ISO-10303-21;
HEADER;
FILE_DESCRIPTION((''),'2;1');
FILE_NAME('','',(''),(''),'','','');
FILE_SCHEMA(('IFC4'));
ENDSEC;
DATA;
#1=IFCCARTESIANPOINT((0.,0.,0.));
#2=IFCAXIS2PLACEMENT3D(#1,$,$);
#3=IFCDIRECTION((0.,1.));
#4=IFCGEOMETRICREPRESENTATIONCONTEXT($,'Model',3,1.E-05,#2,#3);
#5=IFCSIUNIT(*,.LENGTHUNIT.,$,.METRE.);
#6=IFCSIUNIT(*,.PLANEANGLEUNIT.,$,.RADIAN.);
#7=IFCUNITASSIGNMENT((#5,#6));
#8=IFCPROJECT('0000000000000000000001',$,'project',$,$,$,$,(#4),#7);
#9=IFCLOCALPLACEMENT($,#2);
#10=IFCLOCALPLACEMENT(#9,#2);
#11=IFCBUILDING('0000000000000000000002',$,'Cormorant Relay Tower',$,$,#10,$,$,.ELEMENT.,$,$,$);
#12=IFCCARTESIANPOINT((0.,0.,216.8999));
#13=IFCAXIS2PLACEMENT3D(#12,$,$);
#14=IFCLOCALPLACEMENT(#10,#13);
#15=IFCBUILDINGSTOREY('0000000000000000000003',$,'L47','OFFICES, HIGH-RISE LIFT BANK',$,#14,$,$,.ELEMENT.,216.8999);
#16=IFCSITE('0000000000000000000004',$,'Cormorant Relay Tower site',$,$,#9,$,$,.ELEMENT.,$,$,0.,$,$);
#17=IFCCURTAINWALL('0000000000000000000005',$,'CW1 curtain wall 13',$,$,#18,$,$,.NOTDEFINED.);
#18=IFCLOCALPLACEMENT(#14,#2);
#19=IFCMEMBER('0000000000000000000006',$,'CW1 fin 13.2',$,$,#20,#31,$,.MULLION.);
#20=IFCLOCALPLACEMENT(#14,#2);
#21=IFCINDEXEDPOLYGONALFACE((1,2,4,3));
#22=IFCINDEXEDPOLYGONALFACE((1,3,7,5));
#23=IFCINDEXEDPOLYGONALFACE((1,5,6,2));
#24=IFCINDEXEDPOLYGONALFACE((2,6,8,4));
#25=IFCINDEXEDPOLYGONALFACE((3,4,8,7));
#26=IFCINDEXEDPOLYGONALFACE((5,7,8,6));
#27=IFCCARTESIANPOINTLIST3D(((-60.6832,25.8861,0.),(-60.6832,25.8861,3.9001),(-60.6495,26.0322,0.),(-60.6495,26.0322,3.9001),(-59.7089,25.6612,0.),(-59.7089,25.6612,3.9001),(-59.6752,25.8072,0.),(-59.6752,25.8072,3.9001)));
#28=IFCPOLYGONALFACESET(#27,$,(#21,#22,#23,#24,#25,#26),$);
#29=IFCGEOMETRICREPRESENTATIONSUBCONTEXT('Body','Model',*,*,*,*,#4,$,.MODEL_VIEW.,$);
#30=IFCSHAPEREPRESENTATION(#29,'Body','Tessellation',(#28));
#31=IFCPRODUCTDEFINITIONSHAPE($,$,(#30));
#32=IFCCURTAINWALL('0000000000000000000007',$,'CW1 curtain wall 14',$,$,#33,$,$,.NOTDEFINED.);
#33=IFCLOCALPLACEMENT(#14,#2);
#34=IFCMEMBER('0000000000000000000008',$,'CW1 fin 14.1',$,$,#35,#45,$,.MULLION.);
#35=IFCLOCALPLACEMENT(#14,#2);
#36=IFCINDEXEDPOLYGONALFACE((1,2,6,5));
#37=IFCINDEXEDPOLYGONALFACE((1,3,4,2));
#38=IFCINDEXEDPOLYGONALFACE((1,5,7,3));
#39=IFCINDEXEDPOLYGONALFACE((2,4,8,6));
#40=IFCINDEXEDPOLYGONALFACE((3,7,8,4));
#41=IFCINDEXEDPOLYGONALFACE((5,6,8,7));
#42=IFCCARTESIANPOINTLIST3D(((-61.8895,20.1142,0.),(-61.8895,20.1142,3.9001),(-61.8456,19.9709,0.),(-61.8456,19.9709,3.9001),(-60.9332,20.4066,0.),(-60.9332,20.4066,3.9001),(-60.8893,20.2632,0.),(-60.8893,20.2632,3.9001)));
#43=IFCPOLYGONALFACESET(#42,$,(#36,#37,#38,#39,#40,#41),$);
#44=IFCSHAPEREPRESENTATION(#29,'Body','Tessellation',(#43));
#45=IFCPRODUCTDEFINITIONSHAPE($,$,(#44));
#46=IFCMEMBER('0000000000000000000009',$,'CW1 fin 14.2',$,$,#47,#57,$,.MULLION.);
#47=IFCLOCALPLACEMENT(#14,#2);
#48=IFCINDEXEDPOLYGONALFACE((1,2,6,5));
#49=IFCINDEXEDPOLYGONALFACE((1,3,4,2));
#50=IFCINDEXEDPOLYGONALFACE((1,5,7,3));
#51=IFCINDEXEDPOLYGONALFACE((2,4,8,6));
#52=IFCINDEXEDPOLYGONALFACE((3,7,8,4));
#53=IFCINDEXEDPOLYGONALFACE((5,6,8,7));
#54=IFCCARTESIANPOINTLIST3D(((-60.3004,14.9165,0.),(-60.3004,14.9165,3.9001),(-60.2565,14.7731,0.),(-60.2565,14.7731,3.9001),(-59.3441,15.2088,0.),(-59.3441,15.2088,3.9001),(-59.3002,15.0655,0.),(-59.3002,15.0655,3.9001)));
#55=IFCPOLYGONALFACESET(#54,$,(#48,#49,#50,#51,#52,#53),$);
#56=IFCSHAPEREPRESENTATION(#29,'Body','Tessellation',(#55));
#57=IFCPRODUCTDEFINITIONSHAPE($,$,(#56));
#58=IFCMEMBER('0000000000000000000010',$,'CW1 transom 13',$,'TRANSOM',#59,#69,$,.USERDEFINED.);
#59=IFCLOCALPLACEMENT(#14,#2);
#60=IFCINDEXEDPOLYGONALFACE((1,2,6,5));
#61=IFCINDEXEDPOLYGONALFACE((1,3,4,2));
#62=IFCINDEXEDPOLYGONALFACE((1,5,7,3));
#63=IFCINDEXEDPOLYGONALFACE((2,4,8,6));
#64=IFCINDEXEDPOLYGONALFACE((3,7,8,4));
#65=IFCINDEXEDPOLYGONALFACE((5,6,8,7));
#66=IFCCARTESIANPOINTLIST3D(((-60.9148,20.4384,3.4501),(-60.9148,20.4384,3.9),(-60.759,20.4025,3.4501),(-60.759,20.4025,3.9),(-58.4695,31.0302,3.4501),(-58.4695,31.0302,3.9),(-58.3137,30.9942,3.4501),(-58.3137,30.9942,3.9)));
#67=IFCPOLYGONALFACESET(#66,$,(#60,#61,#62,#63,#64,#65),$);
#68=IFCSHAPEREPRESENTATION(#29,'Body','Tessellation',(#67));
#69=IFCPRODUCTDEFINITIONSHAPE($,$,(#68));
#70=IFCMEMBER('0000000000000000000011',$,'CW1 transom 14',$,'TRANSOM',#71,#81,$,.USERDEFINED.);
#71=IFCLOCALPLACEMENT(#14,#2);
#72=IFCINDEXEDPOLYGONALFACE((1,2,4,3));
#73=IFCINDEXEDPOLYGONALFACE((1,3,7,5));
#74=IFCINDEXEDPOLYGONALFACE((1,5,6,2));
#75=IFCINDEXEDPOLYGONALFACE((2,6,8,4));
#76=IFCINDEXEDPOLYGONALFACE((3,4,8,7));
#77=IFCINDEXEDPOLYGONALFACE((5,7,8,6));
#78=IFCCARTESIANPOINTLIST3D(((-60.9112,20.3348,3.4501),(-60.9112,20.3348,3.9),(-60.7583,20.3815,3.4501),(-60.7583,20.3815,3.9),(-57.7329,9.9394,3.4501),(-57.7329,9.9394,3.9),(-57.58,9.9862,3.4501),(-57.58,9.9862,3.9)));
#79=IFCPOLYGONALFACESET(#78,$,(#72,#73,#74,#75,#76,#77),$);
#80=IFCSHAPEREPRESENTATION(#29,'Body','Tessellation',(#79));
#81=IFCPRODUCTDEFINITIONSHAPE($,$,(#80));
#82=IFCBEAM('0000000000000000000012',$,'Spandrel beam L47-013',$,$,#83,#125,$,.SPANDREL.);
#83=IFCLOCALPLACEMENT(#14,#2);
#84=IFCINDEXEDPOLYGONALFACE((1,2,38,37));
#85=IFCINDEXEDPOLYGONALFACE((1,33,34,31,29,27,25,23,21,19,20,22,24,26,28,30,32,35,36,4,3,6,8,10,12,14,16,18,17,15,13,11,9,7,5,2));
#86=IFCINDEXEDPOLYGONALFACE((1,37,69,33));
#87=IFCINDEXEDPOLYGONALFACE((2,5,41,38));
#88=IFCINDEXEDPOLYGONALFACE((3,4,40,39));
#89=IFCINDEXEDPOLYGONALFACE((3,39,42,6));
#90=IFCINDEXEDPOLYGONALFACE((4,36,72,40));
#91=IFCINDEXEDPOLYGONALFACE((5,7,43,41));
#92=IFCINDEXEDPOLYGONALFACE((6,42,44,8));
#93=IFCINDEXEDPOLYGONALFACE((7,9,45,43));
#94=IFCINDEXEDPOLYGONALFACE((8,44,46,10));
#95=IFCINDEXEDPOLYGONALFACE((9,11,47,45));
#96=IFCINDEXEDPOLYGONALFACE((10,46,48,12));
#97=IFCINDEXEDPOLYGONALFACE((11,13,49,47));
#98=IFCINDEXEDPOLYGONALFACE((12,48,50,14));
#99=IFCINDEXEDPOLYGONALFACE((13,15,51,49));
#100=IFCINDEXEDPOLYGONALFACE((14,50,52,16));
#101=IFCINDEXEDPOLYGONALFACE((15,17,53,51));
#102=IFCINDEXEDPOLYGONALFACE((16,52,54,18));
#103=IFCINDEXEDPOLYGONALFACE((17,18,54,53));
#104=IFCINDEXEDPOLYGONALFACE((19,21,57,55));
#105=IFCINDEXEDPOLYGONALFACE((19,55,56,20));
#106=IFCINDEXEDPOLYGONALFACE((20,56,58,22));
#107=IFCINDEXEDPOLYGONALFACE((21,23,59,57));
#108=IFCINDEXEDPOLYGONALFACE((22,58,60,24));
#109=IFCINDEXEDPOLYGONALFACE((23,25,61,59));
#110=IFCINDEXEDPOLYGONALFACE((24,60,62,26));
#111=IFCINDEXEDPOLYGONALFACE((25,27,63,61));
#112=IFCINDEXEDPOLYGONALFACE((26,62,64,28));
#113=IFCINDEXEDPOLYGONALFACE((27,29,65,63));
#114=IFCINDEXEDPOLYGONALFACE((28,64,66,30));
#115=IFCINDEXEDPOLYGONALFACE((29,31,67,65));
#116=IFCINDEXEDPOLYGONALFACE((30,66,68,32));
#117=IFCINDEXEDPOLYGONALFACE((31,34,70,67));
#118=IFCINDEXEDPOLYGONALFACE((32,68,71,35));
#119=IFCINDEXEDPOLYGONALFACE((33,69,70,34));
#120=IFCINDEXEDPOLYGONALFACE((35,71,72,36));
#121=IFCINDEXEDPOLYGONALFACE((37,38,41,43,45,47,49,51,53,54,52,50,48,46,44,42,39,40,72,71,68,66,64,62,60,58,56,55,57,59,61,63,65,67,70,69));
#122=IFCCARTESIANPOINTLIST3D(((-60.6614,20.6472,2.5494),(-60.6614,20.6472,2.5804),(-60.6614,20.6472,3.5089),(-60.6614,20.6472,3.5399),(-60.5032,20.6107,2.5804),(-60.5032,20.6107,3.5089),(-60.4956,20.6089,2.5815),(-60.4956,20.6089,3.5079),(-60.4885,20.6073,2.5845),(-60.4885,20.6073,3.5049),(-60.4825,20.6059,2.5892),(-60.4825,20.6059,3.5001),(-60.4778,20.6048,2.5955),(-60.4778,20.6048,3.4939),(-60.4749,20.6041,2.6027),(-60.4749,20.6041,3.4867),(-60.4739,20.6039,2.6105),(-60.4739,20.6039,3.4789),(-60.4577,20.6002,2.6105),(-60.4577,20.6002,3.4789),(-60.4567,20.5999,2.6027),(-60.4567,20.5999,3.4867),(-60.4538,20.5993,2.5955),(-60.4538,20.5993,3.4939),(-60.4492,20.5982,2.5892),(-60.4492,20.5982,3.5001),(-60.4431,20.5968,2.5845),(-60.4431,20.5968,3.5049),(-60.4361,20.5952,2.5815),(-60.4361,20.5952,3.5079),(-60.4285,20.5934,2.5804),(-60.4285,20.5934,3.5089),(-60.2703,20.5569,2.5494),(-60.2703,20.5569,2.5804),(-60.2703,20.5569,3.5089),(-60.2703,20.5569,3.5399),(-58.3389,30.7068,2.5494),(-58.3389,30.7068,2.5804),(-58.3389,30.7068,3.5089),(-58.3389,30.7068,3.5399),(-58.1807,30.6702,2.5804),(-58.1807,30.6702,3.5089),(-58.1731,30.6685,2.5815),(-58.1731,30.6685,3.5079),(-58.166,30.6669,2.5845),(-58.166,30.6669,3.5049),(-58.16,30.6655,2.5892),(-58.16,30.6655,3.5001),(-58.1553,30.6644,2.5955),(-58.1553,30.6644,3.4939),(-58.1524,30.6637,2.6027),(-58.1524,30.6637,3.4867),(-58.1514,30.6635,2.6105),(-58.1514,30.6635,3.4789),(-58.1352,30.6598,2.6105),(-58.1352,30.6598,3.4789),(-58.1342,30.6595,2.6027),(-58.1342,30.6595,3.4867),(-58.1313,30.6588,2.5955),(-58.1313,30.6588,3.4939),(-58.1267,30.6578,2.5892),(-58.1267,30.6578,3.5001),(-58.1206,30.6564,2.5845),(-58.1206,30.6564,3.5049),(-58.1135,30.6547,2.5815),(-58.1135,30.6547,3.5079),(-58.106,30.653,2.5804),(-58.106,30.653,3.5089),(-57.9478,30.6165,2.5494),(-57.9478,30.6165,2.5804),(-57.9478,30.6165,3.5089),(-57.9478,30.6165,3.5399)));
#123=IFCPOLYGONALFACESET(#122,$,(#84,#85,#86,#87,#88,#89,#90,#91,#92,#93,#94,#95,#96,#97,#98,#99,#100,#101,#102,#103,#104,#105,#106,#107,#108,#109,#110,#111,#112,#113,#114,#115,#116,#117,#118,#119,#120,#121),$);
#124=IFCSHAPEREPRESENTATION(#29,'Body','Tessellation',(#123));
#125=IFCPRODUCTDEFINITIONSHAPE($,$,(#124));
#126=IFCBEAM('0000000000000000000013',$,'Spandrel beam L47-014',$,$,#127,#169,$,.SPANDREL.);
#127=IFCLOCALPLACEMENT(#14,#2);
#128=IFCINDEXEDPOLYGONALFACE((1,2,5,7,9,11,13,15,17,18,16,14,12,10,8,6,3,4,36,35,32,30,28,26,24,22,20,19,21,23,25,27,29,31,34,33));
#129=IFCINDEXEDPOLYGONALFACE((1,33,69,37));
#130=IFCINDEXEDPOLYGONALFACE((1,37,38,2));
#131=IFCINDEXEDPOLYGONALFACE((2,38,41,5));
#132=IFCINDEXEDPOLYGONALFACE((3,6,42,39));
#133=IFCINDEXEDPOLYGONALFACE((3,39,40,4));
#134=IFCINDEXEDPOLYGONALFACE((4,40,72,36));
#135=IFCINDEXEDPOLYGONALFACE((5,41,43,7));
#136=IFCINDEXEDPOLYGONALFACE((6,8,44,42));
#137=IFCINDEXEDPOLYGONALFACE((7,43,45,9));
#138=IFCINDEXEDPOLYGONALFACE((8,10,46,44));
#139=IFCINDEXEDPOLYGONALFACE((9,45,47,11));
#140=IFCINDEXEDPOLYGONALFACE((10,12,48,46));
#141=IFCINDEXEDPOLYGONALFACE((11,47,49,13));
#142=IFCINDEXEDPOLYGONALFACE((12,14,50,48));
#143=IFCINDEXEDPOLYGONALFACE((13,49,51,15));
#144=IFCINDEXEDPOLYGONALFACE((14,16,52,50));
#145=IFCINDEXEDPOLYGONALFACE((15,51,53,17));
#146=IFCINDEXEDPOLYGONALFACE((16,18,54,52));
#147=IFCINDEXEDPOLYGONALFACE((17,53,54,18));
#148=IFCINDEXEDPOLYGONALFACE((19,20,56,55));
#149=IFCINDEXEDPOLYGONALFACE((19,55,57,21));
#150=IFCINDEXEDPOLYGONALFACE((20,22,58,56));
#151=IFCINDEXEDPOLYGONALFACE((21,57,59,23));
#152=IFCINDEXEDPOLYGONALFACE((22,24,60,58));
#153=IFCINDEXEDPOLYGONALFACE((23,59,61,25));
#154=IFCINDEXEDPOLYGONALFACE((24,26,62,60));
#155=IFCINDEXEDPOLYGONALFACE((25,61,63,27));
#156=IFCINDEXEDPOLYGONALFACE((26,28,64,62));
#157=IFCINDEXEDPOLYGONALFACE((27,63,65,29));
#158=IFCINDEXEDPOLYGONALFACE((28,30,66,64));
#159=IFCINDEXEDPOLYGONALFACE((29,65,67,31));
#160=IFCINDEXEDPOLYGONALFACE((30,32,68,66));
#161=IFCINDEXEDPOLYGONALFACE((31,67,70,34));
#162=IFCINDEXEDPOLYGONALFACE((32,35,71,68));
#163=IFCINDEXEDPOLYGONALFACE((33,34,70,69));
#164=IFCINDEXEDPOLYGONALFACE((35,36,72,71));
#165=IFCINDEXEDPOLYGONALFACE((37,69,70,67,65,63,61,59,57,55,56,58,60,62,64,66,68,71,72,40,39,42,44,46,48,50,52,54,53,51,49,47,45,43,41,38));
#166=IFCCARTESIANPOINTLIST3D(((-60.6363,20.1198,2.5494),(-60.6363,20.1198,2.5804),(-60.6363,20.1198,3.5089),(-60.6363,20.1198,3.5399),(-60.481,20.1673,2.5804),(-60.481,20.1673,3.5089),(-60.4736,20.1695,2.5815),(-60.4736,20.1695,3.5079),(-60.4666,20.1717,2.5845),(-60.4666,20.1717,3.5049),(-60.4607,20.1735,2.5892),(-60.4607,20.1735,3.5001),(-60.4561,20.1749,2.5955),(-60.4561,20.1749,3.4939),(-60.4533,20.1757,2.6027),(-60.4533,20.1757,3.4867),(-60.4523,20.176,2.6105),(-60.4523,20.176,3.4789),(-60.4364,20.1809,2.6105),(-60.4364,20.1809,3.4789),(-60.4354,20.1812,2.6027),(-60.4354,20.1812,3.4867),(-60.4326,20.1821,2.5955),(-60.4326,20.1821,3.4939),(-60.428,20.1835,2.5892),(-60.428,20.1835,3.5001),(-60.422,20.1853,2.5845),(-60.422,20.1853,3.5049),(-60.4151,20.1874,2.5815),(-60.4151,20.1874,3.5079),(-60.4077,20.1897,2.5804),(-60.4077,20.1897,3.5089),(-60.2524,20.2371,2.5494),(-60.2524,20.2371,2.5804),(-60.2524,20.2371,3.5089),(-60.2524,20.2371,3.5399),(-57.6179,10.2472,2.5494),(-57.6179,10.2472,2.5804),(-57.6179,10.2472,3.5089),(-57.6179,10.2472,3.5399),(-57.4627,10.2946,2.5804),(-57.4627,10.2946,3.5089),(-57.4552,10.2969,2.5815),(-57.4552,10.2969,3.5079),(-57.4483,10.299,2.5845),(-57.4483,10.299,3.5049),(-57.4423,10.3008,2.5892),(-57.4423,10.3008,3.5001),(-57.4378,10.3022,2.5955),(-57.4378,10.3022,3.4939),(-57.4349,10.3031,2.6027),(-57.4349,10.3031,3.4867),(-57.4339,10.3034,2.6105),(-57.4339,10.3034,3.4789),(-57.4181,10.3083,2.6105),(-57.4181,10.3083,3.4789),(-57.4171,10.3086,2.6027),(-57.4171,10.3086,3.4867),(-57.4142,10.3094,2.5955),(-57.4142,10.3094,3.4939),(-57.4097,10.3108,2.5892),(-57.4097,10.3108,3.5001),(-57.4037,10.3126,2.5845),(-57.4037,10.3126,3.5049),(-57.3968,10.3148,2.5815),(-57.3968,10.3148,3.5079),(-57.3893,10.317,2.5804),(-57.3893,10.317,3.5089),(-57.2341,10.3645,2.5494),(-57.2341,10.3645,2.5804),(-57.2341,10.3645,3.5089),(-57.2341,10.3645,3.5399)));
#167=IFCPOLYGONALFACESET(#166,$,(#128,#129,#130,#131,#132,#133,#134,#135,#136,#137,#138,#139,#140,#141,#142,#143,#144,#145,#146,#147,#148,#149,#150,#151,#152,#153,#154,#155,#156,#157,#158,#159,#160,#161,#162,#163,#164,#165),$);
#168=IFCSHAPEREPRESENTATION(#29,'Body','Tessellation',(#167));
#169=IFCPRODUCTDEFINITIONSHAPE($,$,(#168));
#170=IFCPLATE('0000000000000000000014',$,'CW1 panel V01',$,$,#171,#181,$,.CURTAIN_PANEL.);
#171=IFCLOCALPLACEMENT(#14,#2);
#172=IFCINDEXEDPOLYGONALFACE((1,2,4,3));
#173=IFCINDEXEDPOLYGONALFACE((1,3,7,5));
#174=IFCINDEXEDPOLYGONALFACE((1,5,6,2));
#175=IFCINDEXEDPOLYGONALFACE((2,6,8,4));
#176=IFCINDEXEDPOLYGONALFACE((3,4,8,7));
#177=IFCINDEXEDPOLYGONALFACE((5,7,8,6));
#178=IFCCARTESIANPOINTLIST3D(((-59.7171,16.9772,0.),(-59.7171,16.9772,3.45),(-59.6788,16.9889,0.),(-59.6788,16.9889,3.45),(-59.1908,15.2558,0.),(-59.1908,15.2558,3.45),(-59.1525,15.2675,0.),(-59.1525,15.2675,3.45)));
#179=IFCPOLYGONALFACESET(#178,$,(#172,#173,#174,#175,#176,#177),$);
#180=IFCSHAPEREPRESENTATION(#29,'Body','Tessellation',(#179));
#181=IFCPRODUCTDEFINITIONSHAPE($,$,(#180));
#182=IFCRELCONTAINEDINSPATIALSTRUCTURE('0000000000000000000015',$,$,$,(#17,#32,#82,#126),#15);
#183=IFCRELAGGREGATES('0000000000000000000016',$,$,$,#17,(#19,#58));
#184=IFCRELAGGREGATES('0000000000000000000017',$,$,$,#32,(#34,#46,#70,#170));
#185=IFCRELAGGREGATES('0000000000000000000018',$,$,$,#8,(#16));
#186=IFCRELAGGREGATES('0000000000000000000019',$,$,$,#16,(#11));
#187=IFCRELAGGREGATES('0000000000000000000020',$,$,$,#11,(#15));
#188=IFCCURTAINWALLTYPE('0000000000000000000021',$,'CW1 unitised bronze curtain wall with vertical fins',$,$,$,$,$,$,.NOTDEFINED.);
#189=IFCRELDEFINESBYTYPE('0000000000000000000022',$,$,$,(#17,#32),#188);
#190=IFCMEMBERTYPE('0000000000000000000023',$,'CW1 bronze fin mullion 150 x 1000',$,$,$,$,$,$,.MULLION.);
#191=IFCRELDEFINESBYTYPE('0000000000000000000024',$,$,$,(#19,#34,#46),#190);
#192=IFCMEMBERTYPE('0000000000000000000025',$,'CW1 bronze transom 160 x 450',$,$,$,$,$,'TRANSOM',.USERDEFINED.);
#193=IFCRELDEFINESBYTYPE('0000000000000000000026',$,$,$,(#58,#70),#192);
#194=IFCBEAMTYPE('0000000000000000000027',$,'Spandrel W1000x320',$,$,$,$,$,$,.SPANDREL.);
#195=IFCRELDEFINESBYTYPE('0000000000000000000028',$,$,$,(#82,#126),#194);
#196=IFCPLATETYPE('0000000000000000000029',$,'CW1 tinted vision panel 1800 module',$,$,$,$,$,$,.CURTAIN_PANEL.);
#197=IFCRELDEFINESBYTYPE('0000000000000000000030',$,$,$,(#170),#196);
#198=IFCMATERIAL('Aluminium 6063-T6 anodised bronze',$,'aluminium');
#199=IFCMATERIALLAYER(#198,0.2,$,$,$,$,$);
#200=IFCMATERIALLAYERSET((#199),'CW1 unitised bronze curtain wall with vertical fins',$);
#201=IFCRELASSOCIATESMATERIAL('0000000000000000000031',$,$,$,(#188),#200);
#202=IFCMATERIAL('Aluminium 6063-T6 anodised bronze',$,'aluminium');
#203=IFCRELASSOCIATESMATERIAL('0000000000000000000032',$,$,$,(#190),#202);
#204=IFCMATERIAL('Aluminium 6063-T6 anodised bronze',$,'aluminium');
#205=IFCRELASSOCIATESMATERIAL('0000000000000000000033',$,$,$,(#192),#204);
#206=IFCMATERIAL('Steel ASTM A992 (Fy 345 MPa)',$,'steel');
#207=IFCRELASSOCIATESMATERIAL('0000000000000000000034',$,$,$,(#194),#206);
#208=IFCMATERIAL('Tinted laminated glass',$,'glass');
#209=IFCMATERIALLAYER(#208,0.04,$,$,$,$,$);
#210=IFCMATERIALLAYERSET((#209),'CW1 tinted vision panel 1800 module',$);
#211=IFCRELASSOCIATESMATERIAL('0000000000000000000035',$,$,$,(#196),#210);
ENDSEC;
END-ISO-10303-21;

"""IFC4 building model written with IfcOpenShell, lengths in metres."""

from ifc_helpers import new_model, si_unit, direction, frame, origin, origin_2d, place, context, subcontext, project, spatial, rectangle, i_section, extrude, material, layer, layer_set, material_profile, profile_set, type_object, element, aggregate, save


model = new_model("IFC4")

# Units and contexts
model_context = context("Model", 3, precision=1e-05, world=origin(), true_north=direction((0.0, 1.0)))
body_context = subcontext(model_context, "Body", "Model", "MODEL_VIEW")
ifc_project = project(units=[si_unit("LENGTHUNIT", "METRE"), si_unit("PLANEANGLEUNIT", "RADIAN")], contexts=[model_context])

# Site, building, storey
site_placement = place(None, origin())
site = spatial("IfcSite", under=ifc_project, at=site_placement, Name="Cormorant Relay Tower site", CompositionType="ELEMENT", RefElevation=0.0)
building_placement = place(site_placement, origin())
building = spatial("IfcBuilding", under=site, at=building_placement, Name="Cormorant Relay Tower", CompositionType="ELEMENT")
storey_placement = place(building_placement, frame((0.0, 0.0, 216.8999)))
storey = spatial("IfcBuildingStorey", under=building, at=storey_placement, Name="L47", Description="OFFICES, HIGH-RISE LIFT BANK", CompositionType="ELEMENT", Elevation=216.8999)

# Curtain walls, members
ifc_material_1 = material(Name="Aluminium 6063-T6 anodised bronze", Category="aluminium")
ifc_layer_1 = layer(ifc_material_1, 0.2)
ifc_layer_set_1 = layer_set([ifc_layer_1], Name="CW1 unitised bronze curtain wall with vertical fins")
curtain_wall_type = type_object("IfcCurtainWallType", Name="CW1 unitised bronze curtain wall with vertical fins", PredefinedType="NOTDEFINED", material=ifc_layer_set_1)
curtain_wall_1_placement = place(storey_placement, origin())
curtain_wall_1 = element("IfcCurtainWall", 1, at=curtain_wall_1_placement, inside=storey, type_object=curtain_wall_type, Name="CW1 curtain wall 13", PredefinedType="NOTDEFINED")
ifc_material_2 = material(Name="Aluminium 6063-T6 anodised bronze", Category="aluminium")
ifc_material_profile_1 = material_profile(ifc_material_2, rectangle(XDim=0.1499, YDim=1.0, at=origin_2d()), Name="AL 150x1000")
ifc_profile_set_1 = profile_set([ifc_material_profile_1], Name="Aluminium 6063-T6 anodised bronze")
member_type_1 = type_object("IfcMemberType", Name="CW1 bronze fin mullion 150 x 1000", PredefinedType="MULLION", material=ifc_profile_set_1)
member_1_placement = place(storey_placement, frame((-60.1792, 25.8467, 0.0), z_axis=(0.0, 0.0, 1.0), x_axis=(-0.224951, -0.97437, 0.0)))
member_1 = element("IfcMember", 2, at=member_1_placement, type_object=member_type_1, Name="CW1 fin 13.2", PredefinedType="MULLION", context=body_context, shape_type="SweptSolid", body=[
    extrude(rectangle(XDim=0.1499, YDim=1.0, at=origin_2d()), origin(), (0.0, 0.0, 1.0), 3.9001),
])
curtain_wall_2_placement = place(storey_placement, origin())
curtain_wall_2 = element("IfcCurtainWall", 3, at=curtain_wall_2_placement, inside=storey, type_object=curtain_wall_type, Name="CW1 curtain wall 14", PredefinedType="NOTDEFINED")
member_2_placement = place(storey_placement, frame((-61.3894, 20.1887, 0.0), z_axis=(0.0, 0.0, 1.0), x_axis=(0.292372, -0.956305, 0.0)))
member_2 = element("IfcMember", 4, at=member_2_placement, type_object=member_type_1, Name="CW1 fin 14.1", PredefinedType="MULLION", context=body_context, shape_type="SweptSolid", body=[
    extrude(rectangle(XDim=0.1499, YDim=1.0, at=origin_2d()), origin(), (0.0, 0.0, 1.0), 3.9001),
])
member_3_placement = place(storey_placement, frame((-59.8003, 14.991, 0.0), z_axis=(0.0, 0.0, 1.0), x_axis=(0.292372, -0.956305, 0.0)))
member_3 = element("IfcMember", 5, at=member_3_placement, type_object=member_type_1, Name="CW1 fin 14.2", PredefinedType="MULLION", context=body_context, shape_type="SweptSolid", body=[
    extrude(rectangle(XDim=0.1499, YDim=1.0, at=origin_2d()), origin(), (0.0, 0.0, 1.0), 3.9001),
])

# Members
ifc_material_3 = material(Name="Aluminium 6063-T6 anodised bronze", Category="aluminium")
ifc_material_profile_2 = material_profile(ifc_material_3, rectangle(XDim=0.1599, YDim=0.45, at=origin_2d()), Name="AL 160x450")
ifc_profile_set_2 = profile_set([ifc_material_profile_2], Name="Aluminium 6063-T6 anodised bronze")
member_type_2 = type_object("IfcMemberType", Name="CW1 bronze transom 160 x 450", ElementType="TRANSOM", PredefinedType="USERDEFINED", material=ifc_profile_set_2)
member_4_placement = place(storey_placement, frame((-58.3916, 31.0122, 3.675), z_axis=(-0.224951, -0.97437, 0.0), x_axis=(0.97437, -0.224951, 0.0)))
member_4 = element("IfcMember", 6, at=member_4_placement, type_object=member_type_2, Name="CW1 transom 13", ObjectType="TRANSOM", PredefinedType="USERDEFINED", context=body_context, shape_type="SweptSolid", body=[
    extrude(rectangle(XDim=0.1599, YDim=0.45, at=origin_2d()), origin(), (0.0, 0.0, 1.0), 10.8704),
])
member_5_placement = place(storey_placement, frame((-60.8347, 20.3582, 3.675), z_axis=(0.292378, -0.956303, 0.0), x_axis=(0.956303, 0.292378, 0.0)))
member_5 = element("IfcMember", 7, at=member_5_placement, type_object=member_type_2, Name="CW1 transom 14", ObjectType="TRANSOM", PredefinedType="USERDEFINED", context=body_context, shape_type="SweptSolid", body=[
    extrude(rectangle(XDim=0.1599, YDim=0.45, at=origin_2d()), origin(), (0.0, 0.0, 1.0), 10.8704),
])

# Beams
ifc_material_4 = material(Name="Steel ASTM A992 (Fy 345 MPa)", Category="steel")
ifc_material_profile_3 = material_profile(ifc_material_4, i_section(OverallWidth=0.4014, OverallDepth=0.9905, WebThickness=0.0166, FlangeThickness=0.031, FilletRadius=0.03, at=origin_2d()), Name="W1000x320")
ifc_profile_set_3 = profile_set([ifc_material_profile_3], Name="Steel ASTM A992 (Fy 345 MPa)")
beam_type = type_object("IfcBeamType", Name="Spandrel W1000x320", PredefinedType="SPANDREL", material=ifc_profile_set_3)
beam_1_placement = place(storey_placement, frame((-58.1433, 30.6616, 3.0447), z_axis=(-0.224958, -0.974368, 0.0), x_axis=(0.974368, -0.224958, 0.0)))
element("IfcBeam", 8, at=beam_1_placement, inside=storey, type_object=beam_type, Name="Spandrel beam L47-013", PredefinedType="SPANDREL", context=body_context, shape_type="SweptSolid", body=[
    extrude(i_section(OverallWidth=0.4014, OverallDepth=0.9905, WebThickness=0.0166, FlangeThickness=0.031, FilletRadius=0.03, at=origin_2d()), origin(), (0.0, 0.0, 1.0), 10.3242),
])
beam_2_placement = place(storey_placement, frame((-60.4443, 20.1785, 3.0447), z_axis=(0.292369, -0.956306, 0.0), x_axis=(0.956306, 0.292369, 0.0)))
element("IfcBeam", 9, at=beam_2_placement, inside=storey, type_object=beam_type, Name="Spandrel beam L47-014", PredefinedType="SPANDREL", context=body_context, shape_type="SweptSolid", body=[
    extrude(i_section(OverallWidth=0.4014, OverallDepth=0.9905, WebThickness=0.0166, FlangeThickness=0.031, FilletRadius=0.03, at=origin_2d()), origin(), (0.0, 0.0, 1.0), 10.3237),
])

# Plate
ifc_material_5 = material(Name="Tinted laminated glass", Category="glass")
ifc_layer_2 = layer(ifc_material_5, 0.04)
ifc_layer_set_2 = layer_set([ifc_layer_2], Name="CW1 tinted vision panel 1800 module")
plate_type_1 = type_object("IfcPlateType", Name="CW1 tinted vision panel 1800 module", PredefinedType="CURTAIN_PANEL", material=ifc_layer_set_2)
plate_1_placement = place(storey_placement, frame((-59.4348, 16.1223, 0.0), z_axis=(0.0, 0.0, 1.0), x_axis=(0.292372, -0.956305, 0.0)))
plate_1 = element("IfcPlate", 10, at=plate_1_placement, type_object=plate_type_1, Name="CW1 panel V01", PredefinedType="CURTAIN_PANEL", context=body_context, shape_type="SweptSolid", body=[
    extrude(rectangle(XDim=1.8, YDim=0.04, at=origin_2d()), origin(), (0.0, 0.0, 1.0), 3.45),
])

aggregate(curtain_wall_1, [member_1, member_4])
aggregate(curtain_wall_2, [member_2, member_3, member_5, plate_1])

save(model, "model.ifc")
